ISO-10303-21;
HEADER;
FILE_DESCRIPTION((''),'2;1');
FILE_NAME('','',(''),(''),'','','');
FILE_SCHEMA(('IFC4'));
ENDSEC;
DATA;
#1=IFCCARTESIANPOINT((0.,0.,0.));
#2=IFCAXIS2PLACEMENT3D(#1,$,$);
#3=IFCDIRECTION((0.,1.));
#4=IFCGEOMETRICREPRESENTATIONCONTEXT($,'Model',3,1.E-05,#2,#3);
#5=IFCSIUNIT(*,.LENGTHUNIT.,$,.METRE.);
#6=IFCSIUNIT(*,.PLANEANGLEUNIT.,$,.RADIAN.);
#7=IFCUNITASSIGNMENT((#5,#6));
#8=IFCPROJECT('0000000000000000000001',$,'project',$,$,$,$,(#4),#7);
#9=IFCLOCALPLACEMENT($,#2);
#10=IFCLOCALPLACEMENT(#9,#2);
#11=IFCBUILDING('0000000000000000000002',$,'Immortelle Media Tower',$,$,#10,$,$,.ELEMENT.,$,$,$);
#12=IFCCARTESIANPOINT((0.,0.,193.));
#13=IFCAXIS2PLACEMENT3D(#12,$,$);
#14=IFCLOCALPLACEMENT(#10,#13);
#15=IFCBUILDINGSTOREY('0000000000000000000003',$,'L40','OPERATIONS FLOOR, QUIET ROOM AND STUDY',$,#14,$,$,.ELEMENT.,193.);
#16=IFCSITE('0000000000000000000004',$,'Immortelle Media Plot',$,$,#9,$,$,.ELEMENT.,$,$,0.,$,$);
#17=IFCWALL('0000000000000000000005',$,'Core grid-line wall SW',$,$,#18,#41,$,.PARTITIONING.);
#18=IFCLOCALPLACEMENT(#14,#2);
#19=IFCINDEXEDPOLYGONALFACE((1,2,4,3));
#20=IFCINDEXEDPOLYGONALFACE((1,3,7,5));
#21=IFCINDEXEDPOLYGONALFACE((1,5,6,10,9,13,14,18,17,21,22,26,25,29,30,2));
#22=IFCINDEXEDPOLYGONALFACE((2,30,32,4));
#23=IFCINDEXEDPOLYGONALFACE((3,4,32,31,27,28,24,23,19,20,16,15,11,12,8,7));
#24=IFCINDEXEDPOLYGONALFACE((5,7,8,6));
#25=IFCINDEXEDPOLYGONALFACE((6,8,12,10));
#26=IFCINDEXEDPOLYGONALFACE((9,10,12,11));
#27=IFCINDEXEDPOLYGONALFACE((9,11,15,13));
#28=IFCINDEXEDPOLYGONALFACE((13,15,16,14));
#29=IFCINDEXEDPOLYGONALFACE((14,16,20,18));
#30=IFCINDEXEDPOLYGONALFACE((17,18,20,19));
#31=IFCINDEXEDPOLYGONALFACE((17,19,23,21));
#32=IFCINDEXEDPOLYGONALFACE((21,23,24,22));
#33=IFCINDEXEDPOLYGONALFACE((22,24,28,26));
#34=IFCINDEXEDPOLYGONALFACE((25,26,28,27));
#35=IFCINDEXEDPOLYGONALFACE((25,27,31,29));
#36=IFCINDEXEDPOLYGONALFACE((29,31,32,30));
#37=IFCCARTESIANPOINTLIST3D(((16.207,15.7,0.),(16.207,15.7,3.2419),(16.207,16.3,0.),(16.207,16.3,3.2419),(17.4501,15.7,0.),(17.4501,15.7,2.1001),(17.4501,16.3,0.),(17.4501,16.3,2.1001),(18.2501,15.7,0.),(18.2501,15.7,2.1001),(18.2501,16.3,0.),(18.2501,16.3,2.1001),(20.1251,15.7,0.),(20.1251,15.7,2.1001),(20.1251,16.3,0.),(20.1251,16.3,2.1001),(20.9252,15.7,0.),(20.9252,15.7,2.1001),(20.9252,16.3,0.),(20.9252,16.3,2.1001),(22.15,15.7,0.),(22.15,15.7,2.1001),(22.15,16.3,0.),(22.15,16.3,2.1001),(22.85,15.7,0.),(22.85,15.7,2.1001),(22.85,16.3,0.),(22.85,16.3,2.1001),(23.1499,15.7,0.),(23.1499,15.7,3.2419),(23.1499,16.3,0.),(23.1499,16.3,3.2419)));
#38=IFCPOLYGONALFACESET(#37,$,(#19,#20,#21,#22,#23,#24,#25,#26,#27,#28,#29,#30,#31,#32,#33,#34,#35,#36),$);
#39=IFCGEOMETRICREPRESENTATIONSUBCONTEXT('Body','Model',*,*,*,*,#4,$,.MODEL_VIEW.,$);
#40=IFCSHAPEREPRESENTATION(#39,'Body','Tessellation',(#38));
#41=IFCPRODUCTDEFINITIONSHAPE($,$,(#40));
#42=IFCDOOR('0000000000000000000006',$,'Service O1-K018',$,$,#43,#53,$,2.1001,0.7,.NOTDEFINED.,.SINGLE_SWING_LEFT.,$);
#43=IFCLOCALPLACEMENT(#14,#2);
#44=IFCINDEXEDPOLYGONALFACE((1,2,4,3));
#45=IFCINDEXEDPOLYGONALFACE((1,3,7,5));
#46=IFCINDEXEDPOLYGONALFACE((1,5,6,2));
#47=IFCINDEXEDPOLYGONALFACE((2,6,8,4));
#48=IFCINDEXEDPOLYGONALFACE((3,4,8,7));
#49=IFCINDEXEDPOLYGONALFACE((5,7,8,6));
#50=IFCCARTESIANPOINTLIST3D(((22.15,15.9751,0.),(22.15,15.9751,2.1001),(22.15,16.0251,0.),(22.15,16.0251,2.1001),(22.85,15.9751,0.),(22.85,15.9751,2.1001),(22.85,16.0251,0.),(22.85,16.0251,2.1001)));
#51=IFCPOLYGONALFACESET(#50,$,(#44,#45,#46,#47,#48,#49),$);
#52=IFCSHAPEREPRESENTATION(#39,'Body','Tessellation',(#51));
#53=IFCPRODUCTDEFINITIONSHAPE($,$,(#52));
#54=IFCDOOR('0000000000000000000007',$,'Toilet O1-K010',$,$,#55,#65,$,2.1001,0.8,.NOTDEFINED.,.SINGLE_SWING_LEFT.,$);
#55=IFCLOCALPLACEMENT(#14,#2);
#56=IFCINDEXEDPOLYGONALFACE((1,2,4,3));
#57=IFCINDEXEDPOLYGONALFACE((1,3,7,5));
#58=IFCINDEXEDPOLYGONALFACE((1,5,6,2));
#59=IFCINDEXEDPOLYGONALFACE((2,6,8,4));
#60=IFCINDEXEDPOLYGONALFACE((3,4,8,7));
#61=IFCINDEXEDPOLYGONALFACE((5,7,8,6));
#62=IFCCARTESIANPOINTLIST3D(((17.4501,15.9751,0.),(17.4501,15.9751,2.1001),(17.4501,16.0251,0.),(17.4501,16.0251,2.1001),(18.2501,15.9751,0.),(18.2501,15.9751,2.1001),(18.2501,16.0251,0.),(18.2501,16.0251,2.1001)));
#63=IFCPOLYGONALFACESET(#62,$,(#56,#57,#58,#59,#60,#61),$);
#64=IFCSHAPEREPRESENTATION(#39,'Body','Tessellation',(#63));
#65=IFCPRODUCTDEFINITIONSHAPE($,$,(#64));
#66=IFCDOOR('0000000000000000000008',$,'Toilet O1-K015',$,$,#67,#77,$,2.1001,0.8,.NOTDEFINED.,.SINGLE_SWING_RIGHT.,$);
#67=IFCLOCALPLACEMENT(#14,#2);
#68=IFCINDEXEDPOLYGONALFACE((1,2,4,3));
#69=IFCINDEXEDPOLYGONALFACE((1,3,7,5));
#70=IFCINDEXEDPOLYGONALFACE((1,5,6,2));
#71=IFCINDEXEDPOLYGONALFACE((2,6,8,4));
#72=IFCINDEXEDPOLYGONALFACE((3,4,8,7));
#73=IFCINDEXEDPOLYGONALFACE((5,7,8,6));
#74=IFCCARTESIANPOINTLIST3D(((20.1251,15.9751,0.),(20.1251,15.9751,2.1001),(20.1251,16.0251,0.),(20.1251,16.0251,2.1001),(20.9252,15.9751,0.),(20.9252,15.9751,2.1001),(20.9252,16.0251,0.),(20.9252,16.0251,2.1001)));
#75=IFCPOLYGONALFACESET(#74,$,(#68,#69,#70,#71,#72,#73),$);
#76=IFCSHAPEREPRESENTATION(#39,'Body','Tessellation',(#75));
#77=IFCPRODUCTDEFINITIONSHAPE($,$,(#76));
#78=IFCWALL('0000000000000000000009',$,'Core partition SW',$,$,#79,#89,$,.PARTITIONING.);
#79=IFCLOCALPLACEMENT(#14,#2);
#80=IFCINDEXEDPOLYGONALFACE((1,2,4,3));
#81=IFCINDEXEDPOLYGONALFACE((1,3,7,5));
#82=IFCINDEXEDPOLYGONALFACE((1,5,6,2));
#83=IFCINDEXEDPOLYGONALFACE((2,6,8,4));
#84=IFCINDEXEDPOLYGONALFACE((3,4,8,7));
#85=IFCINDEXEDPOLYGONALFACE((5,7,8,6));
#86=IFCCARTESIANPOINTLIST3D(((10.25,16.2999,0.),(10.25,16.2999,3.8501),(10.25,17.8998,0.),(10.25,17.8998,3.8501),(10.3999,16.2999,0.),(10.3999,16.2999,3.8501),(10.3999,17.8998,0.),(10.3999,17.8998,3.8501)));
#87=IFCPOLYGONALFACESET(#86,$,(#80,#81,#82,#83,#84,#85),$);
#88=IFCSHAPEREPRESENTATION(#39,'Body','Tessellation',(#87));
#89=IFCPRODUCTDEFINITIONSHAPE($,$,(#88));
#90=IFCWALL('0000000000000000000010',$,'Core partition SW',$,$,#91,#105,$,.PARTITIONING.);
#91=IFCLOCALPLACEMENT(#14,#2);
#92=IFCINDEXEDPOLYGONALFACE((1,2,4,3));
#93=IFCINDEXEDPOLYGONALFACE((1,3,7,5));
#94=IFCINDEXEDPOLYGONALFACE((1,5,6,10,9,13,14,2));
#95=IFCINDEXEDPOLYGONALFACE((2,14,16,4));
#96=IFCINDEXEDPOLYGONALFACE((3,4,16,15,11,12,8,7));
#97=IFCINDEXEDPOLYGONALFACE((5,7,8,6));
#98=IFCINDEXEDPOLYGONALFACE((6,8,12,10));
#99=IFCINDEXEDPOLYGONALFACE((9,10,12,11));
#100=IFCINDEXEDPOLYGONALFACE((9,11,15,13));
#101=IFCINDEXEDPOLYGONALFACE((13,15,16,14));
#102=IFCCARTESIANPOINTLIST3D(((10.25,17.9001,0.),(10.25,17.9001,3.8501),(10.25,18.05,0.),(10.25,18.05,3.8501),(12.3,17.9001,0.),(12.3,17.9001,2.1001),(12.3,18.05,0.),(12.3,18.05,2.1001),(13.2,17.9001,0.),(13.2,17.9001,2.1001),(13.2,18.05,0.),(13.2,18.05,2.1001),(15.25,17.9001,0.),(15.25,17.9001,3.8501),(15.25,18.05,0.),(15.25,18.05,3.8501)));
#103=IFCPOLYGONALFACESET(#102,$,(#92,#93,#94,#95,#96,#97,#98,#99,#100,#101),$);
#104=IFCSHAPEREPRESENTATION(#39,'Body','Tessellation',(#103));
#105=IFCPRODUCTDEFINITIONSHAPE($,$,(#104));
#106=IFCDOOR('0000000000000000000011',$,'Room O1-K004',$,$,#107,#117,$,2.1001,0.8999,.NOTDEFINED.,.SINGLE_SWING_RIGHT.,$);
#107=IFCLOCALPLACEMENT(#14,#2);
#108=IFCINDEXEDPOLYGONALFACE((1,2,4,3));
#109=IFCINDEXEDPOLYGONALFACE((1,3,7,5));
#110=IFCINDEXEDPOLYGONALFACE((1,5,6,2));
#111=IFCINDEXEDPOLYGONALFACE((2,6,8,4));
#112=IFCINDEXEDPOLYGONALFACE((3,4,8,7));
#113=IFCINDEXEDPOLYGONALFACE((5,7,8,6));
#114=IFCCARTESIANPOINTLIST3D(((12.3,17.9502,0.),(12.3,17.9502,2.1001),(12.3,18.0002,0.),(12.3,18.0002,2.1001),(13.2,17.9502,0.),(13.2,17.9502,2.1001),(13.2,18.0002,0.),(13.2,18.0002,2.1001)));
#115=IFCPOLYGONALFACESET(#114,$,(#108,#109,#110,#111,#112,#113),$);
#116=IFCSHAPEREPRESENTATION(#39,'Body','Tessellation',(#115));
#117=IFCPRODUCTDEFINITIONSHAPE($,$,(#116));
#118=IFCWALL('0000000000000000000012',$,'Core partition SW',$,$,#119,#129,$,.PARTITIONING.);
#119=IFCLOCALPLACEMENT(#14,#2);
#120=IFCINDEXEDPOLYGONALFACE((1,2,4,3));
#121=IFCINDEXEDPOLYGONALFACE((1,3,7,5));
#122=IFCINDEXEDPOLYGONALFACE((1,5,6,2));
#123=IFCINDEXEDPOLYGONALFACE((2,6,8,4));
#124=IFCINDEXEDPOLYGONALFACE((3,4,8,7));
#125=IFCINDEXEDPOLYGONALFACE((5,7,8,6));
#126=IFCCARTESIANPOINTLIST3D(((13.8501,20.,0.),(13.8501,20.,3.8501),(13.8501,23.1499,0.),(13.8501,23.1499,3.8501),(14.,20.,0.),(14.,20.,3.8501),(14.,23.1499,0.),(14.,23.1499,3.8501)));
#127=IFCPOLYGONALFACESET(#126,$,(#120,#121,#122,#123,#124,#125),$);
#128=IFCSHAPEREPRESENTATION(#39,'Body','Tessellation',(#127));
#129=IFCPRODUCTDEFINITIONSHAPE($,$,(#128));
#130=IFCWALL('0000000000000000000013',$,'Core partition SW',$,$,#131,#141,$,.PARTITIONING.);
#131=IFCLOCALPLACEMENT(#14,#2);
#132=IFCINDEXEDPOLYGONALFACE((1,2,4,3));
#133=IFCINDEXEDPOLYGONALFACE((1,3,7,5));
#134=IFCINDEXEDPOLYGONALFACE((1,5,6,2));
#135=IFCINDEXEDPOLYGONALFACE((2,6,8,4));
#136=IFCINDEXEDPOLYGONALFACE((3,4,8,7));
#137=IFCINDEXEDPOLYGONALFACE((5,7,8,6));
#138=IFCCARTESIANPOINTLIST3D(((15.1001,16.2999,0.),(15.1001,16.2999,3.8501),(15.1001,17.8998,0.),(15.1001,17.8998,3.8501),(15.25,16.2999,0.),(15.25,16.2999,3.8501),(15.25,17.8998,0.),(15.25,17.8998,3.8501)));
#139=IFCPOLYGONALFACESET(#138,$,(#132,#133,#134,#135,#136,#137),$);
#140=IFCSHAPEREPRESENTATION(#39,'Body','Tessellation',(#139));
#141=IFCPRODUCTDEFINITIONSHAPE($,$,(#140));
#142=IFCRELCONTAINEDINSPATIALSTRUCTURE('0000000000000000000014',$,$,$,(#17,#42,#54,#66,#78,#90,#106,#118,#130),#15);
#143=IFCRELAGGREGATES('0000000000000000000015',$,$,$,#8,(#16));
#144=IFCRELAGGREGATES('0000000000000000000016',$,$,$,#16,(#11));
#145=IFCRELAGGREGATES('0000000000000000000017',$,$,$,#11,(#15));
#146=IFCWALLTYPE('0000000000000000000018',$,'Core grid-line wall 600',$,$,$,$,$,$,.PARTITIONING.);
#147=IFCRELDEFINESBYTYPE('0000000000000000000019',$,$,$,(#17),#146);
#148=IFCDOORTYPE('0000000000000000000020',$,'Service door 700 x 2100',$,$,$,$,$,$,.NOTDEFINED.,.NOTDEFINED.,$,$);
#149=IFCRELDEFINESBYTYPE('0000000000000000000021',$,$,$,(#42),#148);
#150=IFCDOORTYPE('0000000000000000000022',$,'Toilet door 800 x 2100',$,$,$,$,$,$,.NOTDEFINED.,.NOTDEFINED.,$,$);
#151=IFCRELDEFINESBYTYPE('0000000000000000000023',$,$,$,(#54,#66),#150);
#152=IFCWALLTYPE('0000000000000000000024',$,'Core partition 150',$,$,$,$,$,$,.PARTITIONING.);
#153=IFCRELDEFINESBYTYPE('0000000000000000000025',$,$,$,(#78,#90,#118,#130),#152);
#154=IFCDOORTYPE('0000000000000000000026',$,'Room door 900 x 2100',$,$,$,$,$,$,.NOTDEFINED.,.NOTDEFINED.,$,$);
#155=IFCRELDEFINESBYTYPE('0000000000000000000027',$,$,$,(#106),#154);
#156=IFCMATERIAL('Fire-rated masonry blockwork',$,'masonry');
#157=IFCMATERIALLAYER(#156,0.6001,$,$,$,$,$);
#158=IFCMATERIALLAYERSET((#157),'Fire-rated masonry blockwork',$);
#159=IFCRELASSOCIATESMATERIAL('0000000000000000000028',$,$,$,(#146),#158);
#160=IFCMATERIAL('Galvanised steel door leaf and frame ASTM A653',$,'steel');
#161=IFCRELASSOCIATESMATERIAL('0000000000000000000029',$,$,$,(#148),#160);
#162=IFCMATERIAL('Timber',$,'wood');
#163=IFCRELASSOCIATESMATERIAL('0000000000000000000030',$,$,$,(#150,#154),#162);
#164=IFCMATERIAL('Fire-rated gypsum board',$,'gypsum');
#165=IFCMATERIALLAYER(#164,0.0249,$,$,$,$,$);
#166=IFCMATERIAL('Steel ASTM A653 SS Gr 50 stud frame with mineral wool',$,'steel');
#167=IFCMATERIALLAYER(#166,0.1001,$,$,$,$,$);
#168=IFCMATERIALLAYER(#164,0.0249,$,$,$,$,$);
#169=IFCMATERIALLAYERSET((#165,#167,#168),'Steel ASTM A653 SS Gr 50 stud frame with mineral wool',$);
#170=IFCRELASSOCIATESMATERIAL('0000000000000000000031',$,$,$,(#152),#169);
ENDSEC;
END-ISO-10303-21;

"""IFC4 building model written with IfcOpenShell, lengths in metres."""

from ifc_helpers import new_model, si_unit, direction, frame, frame_2d, origin, place, context, subcontext, project, spatial, rectangle, extrude, material, layer, layer_set, type_object, element, fill, save


model = new_model("IFC4")

# Units and contexts
model_context = context("Model", 3, precision=1e-05, world=origin(), true_north=direction((0.0, 1.0)))
body_context = subcontext(model_context, "Body", "Model", "MODEL_VIEW")
ifc_project = project(units=[si_unit("LENGTHUNIT", "METRE"), si_unit("PLANEANGLEUNIT", "RADIAN")], contexts=[model_context])

# Site, building, storey
site_placement = place(None, origin())
site = spatial("IfcSite", under=ifc_project, at=site_placement, Name="Immortelle Media Plot", CompositionType="ELEMENT", RefElevation=0.0)
building_placement = place(site_placement, origin())
building = spatial("IfcBuilding", under=site, at=building_placement, Name="Immortelle Media Tower", CompositionType="ELEMENT")
storey_placement = place(building_placement, frame((0.0, 0.0, 193.0)))
storey = spatial("IfcBuildingStorey", under=building, at=storey_placement, Name="L40", Description="OPERATIONS FLOOR, QUIET ROOM AND STUDY", CompositionType="ELEMENT", Elevation=193.0)

# Wall, openings, doors
ifc_material_1 = material(Name="Fire-rated masonry blockwork", Category="masonry")
ifc_layer_1 = layer(ifc_material_1, 0.6001)
ifc_layer_set_1 = layer_set([ifc_layer_1], Name="Fire-rated masonry blockwork")
wall_type_1 = type_object("IfcWallType", Name="Core grid-line wall 600", PredefinedType="PARTITIONING", material=ifc_layer_set_1)
wall_1_placement = place(storey_placement, frame((16.207, 16.0, 0.0), z_axis=(0.0, 0.0, 1.0), x_axis=(1.0, 0.0, 0.0)))
wall_1 = element("IfcWall", 1, at=wall_1_placement, inside=storey, type_object=wall_type_1, Name="Core grid-line wall SW", PredefinedType="PARTITIONING", context=body_context, shape_type="SweptSolid", body=[
    extrude(rectangle(XDim=6.9429, YDim=0.6001, at=frame_2d((3.4714, 0.0))), origin(), (0.0, 0.0, 1.0), 3.2419),
])
opening_1_placement = place(wall_1_placement, frame((2.043, 0.0, 0.0), z_axis=(0.0, 0.0, 1.0), x_axis=(-1.0, 0.0, 0.0)))
opening_1 = element("IfcOpeningElement", 2, at=opening_1_placement, cuts=wall_1, PredefinedType="OPENING", context=body_context, shape_type="SweptSolid", body=[
    extrude(rectangle(XDim=0.8, YDim=2.1001, at=frame_2d((0.3999, 1.05))), frame((0.0, 0.3101, 0.0), z_axis=(0.0, -1.0, 0.0), x_axis=(1.0, 0.0, 0.0)), (0.0, 0.0, 1.0), 0.6201),
])
opening_2_placement = place(wall_1_placement, frame((4.718, 0.0, 0.0), z_axis=(0.0, 0.0, 1.0), x_axis=(-1.0, 0.0, 0.0)))
opening_2 = element("IfcOpeningElement", 3, at=opening_2_placement, cuts=wall_1, PredefinedType="OPENING", context=body_context, shape_type="SweptSolid", body=[
    extrude(rectangle(XDim=0.8, YDim=2.1001, at=frame_2d((0.3999, 1.05))), frame((0.0, 0.3101, 0.0), z_axis=(0.0, -1.0, 0.0), x_axis=(1.0, 0.0, 0.0)), (0.0, 0.0, 1.0), 0.6201),
])
opening_3_placement = place(wall_1_placement, frame((6.6431, 0.0, 0.0), z_axis=(0.0, 0.0, 1.0), x_axis=(-1.0, 0.0, 0.0)))
opening_3 = element("IfcOpeningElement", 4, at=opening_3_placement, cuts=wall_1, PredefinedType="OPENING", context=body_context, shape_type="SweptSolid", body=[
    extrude(rectangle(XDim=0.7, YDim=2.1001, at=frame_2d((0.3501, 1.05))), frame((0.0, 0.3101, 0.0), z_axis=(0.0, -1.0, 0.0), x_axis=(1.0, 0.0, 0.0)), (0.0, 0.0, 1.0), 0.6201),
])
ifc_material_2 = material(Name="Galvanised steel door leaf and frame ASTM A653", Category="steel")
door_type_1 = type_object("IfcDoorType", Name="Service door 700 x 2100", OperationType="NOTDEFINED", PredefinedType="NOTDEFINED", material=ifc_material_2)
door_1_placement = place(opening_3_placement, origin())
door_1 = element("IfcDoor", 5, at=door_1_placement, inside=storey, type_object=door_type_1, Name="Service O1-K018", OperationType="SINGLE_SWING_LEFT", OverallHeight=2.1001, OverallWidth=0.7, PredefinedType="NOTDEFINED", context=body_context, shape_type="SweptSolid", body=[
    extrude(rectangle(XDim=0.7, YDim=2.1001, at=frame_2d((0.3501, 1.05))), frame((0.0, 0.0249, 0.0), z_axis=(0.0, -1.0, 0.0), x_axis=(1.0, 0.0, 0.0)), (0.0, 0.0, 1.0), 0.05),
])
fill(opening_3, door_1)
ifc_material_3 = material(Name="Timber", Category="wood")
door_type_2 = type_object("IfcDoorType", Name="Toilet door 800 x 2100", OperationType="NOTDEFINED", PredefinedType="NOTDEFINED", material=ifc_material_3)
door_2_placement = place(opening_1_placement, origin())
door_2 = element("IfcDoor", 6, at=door_2_placement, inside=storey, type_object=door_type_2, Name="Toilet O1-K010", OperationType="SINGLE_SWING_LEFT", OverallHeight=2.1001, OverallWidth=0.8, PredefinedType="NOTDEFINED", context=body_context, shape_type="SweptSolid", body=[
    extrude(rectangle(XDim=0.8, YDim=2.1001, at=frame_2d((0.3999, 1.05))), frame((0.0, 0.0249, 0.0), z_axis=(0.0, -1.0, 0.0), x_axis=(1.0, 0.0, 0.0)), (0.0, 0.0, 1.0), 0.05),
])
fill(opening_1, door_2)
door_3_placement = place(opening_2_placement, origin())
door_3 = element("IfcDoor", 7, at=door_3_placement, inside=storey, type_object=door_type_2, Name="Toilet O1-K015", OperationType="SINGLE_SWING_RIGHT", OverallHeight=2.1001, OverallWidth=0.8, PredefinedType="NOTDEFINED", context=body_context, shape_type="SweptSolid", body=[
    extrude(rectangle(XDim=0.8, YDim=2.1001, at=frame_2d((0.3999, 1.05))), frame((0.0, 0.0249, 0.0), z_axis=(0.0, -1.0, 0.0), x_axis=(1.0, 0.0, 0.0)), (0.0, 0.0, 1.0), 0.05),
])
fill(opening_2, door_3)

# Wall
ifc_material_4 = material(Name="Fire-rated gypsum board", Category="gypsum")
ifc_layer_2 = layer(ifc_material_4, 0.0249)
ifc_material_5 = material(Name="Steel ASTM A653 SS Gr 50 stud frame with mineral wool", Category="steel")
ifc_layer_3 = layer(ifc_material_5, 0.1001)
ifc_layer_4 = layer(ifc_material_4, 0.0249)
ifc_layer_set_2 = layer_set([ifc_layer_2, ifc_layer_3, ifc_layer_4], Name="Steel ASTM A653 SS Gr 50 stud frame with mineral wool")
wall_type_2 = type_object("IfcWallType", Name="Core partition 150", PredefinedType="PARTITIONING", material=ifc_layer_set_2)
wall_2_placement = place(storey_placement, frame((10.325, 16.3, 0.0), z_axis=(0.0, 0.0, 1.0), x_axis=(0.0, 1.0, 0.0)))
element("IfcWall", 8, at=wall_2_placement, inside=storey, type_object=wall_type_2, Name="Core partition SW", PredefinedType="PARTITIONING", context=body_context, shape_type="SweptSolid", body=[
    extrude(rectangle(XDim=1.5999, YDim=0.1499, at=frame_2d((0.7998, 0.0))), origin(), (0.0, 0.0, 1.0), 3.8501),
])

# Wall, opening, door
wall_3_placement = place(storey_placement, frame((10.25, 17.9751, 0.0), z_axis=(0.0, 0.0, 1.0), x_axis=(1.0, 0.0, 0.0)))
wall_3 = element("IfcWall", 9, at=wall_3_placement, inside=storey, type_object=wall_type_2, Name="Core partition SW", PredefinedType="PARTITIONING", context=body_context, shape_type="SweptSolid", body=[
    extrude(rectangle(XDim=5.0, YDim=0.1499, at=frame_2d((2.5, 0.0))), origin(), (0.0, 0.0, 1.0), 3.8501),
])
opening_4_placement = place(wall_3_placement, frame((2.95, 0.0, 0.0), z_axis=(0.0, 0.0, 1.0), x_axis=(-1.0, 0.0, 0.0)))
opening_4 = element("IfcOpeningElement", 10, at=opening_4_placement, cuts=wall_3, PredefinedType="OPENING", context=body_context, shape_type="SweptSolid", body=[
    extrude(rectangle(XDim=0.8999, YDim=2.1001, at=frame_2d((0.45, 1.05))), frame((0.0, 0.085, 0.0), z_axis=(0.0, -1.0, 0.0), x_axis=(1.0, 0.0, 0.0)), (0.0, 0.0, 1.0), 0.1699),
])
door_type_3 = type_object("IfcDoorType", Name="Room door 900 x 2100", OperationType="NOTDEFINED", PredefinedType="NOTDEFINED", material=ifc_material_3)
door_4_placement = place(opening_4_placement, origin())
door_4 = element("IfcDoor", 11, at=door_4_placement, inside=storey, type_object=door_type_3, Name="Room O1-K004", OperationType="SINGLE_SWING_RIGHT", OverallHeight=2.1001, OverallWidth=0.8999, PredefinedType="NOTDEFINED", context=body_context, shape_type="SweptSolid", body=[
    extrude(rectangle(XDim=0.8999, YDim=2.1001, at=frame_2d((0.45, 1.05))), frame((0.0, 0.0249, 0.0), z_axis=(0.0, -1.0, 0.0), x_axis=(1.0, 0.0, 0.0)), (0.0, 0.0, 1.0), 0.05),
])
fill(opening_4, door_4)

# Walls
wall_4_placement = place(storey_placement, frame((13.925, 20.0, 0.0), z_axis=(0.0, 0.0, 1.0), x_axis=(0.0, 1.0, 0.0)))
element("IfcWall", 12, at=wall_4_placement, inside=storey, type_object=wall_type_2, Name="Core partition SW", PredefinedType="PARTITIONING", context=body_context, shape_type="SweptSolid", body=[
    extrude(rectangle(XDim=3.1499, YDim=0.1499, at=frame_2d((1.575, 0.0))), origin(), (0.0, 0.0, 1.0), 3.8501),
])
wall_5_placement = place(storey_placement, frame((15.175, 16.3, 0.0), z_axis=(0.0, 0.0, 1.0), x_axis=(0.0, 1.0, 0.0)))
element("IfcWall", 13, at=wall_5_placement, inside=storey, type_object=wall_type_2, Name="Core partition SW", PredefinedType="PARTITIONING", context=body_context, shape_type="SweptSolid", body=[
    extrude(rectangle(XDim=1.5999, YDim=0.1499, at=frame_2d((0.7998, 0.0))), origin(), (0.0, 0.0, 1.0), 3.8501),
])

save(model, "model.ifc")
